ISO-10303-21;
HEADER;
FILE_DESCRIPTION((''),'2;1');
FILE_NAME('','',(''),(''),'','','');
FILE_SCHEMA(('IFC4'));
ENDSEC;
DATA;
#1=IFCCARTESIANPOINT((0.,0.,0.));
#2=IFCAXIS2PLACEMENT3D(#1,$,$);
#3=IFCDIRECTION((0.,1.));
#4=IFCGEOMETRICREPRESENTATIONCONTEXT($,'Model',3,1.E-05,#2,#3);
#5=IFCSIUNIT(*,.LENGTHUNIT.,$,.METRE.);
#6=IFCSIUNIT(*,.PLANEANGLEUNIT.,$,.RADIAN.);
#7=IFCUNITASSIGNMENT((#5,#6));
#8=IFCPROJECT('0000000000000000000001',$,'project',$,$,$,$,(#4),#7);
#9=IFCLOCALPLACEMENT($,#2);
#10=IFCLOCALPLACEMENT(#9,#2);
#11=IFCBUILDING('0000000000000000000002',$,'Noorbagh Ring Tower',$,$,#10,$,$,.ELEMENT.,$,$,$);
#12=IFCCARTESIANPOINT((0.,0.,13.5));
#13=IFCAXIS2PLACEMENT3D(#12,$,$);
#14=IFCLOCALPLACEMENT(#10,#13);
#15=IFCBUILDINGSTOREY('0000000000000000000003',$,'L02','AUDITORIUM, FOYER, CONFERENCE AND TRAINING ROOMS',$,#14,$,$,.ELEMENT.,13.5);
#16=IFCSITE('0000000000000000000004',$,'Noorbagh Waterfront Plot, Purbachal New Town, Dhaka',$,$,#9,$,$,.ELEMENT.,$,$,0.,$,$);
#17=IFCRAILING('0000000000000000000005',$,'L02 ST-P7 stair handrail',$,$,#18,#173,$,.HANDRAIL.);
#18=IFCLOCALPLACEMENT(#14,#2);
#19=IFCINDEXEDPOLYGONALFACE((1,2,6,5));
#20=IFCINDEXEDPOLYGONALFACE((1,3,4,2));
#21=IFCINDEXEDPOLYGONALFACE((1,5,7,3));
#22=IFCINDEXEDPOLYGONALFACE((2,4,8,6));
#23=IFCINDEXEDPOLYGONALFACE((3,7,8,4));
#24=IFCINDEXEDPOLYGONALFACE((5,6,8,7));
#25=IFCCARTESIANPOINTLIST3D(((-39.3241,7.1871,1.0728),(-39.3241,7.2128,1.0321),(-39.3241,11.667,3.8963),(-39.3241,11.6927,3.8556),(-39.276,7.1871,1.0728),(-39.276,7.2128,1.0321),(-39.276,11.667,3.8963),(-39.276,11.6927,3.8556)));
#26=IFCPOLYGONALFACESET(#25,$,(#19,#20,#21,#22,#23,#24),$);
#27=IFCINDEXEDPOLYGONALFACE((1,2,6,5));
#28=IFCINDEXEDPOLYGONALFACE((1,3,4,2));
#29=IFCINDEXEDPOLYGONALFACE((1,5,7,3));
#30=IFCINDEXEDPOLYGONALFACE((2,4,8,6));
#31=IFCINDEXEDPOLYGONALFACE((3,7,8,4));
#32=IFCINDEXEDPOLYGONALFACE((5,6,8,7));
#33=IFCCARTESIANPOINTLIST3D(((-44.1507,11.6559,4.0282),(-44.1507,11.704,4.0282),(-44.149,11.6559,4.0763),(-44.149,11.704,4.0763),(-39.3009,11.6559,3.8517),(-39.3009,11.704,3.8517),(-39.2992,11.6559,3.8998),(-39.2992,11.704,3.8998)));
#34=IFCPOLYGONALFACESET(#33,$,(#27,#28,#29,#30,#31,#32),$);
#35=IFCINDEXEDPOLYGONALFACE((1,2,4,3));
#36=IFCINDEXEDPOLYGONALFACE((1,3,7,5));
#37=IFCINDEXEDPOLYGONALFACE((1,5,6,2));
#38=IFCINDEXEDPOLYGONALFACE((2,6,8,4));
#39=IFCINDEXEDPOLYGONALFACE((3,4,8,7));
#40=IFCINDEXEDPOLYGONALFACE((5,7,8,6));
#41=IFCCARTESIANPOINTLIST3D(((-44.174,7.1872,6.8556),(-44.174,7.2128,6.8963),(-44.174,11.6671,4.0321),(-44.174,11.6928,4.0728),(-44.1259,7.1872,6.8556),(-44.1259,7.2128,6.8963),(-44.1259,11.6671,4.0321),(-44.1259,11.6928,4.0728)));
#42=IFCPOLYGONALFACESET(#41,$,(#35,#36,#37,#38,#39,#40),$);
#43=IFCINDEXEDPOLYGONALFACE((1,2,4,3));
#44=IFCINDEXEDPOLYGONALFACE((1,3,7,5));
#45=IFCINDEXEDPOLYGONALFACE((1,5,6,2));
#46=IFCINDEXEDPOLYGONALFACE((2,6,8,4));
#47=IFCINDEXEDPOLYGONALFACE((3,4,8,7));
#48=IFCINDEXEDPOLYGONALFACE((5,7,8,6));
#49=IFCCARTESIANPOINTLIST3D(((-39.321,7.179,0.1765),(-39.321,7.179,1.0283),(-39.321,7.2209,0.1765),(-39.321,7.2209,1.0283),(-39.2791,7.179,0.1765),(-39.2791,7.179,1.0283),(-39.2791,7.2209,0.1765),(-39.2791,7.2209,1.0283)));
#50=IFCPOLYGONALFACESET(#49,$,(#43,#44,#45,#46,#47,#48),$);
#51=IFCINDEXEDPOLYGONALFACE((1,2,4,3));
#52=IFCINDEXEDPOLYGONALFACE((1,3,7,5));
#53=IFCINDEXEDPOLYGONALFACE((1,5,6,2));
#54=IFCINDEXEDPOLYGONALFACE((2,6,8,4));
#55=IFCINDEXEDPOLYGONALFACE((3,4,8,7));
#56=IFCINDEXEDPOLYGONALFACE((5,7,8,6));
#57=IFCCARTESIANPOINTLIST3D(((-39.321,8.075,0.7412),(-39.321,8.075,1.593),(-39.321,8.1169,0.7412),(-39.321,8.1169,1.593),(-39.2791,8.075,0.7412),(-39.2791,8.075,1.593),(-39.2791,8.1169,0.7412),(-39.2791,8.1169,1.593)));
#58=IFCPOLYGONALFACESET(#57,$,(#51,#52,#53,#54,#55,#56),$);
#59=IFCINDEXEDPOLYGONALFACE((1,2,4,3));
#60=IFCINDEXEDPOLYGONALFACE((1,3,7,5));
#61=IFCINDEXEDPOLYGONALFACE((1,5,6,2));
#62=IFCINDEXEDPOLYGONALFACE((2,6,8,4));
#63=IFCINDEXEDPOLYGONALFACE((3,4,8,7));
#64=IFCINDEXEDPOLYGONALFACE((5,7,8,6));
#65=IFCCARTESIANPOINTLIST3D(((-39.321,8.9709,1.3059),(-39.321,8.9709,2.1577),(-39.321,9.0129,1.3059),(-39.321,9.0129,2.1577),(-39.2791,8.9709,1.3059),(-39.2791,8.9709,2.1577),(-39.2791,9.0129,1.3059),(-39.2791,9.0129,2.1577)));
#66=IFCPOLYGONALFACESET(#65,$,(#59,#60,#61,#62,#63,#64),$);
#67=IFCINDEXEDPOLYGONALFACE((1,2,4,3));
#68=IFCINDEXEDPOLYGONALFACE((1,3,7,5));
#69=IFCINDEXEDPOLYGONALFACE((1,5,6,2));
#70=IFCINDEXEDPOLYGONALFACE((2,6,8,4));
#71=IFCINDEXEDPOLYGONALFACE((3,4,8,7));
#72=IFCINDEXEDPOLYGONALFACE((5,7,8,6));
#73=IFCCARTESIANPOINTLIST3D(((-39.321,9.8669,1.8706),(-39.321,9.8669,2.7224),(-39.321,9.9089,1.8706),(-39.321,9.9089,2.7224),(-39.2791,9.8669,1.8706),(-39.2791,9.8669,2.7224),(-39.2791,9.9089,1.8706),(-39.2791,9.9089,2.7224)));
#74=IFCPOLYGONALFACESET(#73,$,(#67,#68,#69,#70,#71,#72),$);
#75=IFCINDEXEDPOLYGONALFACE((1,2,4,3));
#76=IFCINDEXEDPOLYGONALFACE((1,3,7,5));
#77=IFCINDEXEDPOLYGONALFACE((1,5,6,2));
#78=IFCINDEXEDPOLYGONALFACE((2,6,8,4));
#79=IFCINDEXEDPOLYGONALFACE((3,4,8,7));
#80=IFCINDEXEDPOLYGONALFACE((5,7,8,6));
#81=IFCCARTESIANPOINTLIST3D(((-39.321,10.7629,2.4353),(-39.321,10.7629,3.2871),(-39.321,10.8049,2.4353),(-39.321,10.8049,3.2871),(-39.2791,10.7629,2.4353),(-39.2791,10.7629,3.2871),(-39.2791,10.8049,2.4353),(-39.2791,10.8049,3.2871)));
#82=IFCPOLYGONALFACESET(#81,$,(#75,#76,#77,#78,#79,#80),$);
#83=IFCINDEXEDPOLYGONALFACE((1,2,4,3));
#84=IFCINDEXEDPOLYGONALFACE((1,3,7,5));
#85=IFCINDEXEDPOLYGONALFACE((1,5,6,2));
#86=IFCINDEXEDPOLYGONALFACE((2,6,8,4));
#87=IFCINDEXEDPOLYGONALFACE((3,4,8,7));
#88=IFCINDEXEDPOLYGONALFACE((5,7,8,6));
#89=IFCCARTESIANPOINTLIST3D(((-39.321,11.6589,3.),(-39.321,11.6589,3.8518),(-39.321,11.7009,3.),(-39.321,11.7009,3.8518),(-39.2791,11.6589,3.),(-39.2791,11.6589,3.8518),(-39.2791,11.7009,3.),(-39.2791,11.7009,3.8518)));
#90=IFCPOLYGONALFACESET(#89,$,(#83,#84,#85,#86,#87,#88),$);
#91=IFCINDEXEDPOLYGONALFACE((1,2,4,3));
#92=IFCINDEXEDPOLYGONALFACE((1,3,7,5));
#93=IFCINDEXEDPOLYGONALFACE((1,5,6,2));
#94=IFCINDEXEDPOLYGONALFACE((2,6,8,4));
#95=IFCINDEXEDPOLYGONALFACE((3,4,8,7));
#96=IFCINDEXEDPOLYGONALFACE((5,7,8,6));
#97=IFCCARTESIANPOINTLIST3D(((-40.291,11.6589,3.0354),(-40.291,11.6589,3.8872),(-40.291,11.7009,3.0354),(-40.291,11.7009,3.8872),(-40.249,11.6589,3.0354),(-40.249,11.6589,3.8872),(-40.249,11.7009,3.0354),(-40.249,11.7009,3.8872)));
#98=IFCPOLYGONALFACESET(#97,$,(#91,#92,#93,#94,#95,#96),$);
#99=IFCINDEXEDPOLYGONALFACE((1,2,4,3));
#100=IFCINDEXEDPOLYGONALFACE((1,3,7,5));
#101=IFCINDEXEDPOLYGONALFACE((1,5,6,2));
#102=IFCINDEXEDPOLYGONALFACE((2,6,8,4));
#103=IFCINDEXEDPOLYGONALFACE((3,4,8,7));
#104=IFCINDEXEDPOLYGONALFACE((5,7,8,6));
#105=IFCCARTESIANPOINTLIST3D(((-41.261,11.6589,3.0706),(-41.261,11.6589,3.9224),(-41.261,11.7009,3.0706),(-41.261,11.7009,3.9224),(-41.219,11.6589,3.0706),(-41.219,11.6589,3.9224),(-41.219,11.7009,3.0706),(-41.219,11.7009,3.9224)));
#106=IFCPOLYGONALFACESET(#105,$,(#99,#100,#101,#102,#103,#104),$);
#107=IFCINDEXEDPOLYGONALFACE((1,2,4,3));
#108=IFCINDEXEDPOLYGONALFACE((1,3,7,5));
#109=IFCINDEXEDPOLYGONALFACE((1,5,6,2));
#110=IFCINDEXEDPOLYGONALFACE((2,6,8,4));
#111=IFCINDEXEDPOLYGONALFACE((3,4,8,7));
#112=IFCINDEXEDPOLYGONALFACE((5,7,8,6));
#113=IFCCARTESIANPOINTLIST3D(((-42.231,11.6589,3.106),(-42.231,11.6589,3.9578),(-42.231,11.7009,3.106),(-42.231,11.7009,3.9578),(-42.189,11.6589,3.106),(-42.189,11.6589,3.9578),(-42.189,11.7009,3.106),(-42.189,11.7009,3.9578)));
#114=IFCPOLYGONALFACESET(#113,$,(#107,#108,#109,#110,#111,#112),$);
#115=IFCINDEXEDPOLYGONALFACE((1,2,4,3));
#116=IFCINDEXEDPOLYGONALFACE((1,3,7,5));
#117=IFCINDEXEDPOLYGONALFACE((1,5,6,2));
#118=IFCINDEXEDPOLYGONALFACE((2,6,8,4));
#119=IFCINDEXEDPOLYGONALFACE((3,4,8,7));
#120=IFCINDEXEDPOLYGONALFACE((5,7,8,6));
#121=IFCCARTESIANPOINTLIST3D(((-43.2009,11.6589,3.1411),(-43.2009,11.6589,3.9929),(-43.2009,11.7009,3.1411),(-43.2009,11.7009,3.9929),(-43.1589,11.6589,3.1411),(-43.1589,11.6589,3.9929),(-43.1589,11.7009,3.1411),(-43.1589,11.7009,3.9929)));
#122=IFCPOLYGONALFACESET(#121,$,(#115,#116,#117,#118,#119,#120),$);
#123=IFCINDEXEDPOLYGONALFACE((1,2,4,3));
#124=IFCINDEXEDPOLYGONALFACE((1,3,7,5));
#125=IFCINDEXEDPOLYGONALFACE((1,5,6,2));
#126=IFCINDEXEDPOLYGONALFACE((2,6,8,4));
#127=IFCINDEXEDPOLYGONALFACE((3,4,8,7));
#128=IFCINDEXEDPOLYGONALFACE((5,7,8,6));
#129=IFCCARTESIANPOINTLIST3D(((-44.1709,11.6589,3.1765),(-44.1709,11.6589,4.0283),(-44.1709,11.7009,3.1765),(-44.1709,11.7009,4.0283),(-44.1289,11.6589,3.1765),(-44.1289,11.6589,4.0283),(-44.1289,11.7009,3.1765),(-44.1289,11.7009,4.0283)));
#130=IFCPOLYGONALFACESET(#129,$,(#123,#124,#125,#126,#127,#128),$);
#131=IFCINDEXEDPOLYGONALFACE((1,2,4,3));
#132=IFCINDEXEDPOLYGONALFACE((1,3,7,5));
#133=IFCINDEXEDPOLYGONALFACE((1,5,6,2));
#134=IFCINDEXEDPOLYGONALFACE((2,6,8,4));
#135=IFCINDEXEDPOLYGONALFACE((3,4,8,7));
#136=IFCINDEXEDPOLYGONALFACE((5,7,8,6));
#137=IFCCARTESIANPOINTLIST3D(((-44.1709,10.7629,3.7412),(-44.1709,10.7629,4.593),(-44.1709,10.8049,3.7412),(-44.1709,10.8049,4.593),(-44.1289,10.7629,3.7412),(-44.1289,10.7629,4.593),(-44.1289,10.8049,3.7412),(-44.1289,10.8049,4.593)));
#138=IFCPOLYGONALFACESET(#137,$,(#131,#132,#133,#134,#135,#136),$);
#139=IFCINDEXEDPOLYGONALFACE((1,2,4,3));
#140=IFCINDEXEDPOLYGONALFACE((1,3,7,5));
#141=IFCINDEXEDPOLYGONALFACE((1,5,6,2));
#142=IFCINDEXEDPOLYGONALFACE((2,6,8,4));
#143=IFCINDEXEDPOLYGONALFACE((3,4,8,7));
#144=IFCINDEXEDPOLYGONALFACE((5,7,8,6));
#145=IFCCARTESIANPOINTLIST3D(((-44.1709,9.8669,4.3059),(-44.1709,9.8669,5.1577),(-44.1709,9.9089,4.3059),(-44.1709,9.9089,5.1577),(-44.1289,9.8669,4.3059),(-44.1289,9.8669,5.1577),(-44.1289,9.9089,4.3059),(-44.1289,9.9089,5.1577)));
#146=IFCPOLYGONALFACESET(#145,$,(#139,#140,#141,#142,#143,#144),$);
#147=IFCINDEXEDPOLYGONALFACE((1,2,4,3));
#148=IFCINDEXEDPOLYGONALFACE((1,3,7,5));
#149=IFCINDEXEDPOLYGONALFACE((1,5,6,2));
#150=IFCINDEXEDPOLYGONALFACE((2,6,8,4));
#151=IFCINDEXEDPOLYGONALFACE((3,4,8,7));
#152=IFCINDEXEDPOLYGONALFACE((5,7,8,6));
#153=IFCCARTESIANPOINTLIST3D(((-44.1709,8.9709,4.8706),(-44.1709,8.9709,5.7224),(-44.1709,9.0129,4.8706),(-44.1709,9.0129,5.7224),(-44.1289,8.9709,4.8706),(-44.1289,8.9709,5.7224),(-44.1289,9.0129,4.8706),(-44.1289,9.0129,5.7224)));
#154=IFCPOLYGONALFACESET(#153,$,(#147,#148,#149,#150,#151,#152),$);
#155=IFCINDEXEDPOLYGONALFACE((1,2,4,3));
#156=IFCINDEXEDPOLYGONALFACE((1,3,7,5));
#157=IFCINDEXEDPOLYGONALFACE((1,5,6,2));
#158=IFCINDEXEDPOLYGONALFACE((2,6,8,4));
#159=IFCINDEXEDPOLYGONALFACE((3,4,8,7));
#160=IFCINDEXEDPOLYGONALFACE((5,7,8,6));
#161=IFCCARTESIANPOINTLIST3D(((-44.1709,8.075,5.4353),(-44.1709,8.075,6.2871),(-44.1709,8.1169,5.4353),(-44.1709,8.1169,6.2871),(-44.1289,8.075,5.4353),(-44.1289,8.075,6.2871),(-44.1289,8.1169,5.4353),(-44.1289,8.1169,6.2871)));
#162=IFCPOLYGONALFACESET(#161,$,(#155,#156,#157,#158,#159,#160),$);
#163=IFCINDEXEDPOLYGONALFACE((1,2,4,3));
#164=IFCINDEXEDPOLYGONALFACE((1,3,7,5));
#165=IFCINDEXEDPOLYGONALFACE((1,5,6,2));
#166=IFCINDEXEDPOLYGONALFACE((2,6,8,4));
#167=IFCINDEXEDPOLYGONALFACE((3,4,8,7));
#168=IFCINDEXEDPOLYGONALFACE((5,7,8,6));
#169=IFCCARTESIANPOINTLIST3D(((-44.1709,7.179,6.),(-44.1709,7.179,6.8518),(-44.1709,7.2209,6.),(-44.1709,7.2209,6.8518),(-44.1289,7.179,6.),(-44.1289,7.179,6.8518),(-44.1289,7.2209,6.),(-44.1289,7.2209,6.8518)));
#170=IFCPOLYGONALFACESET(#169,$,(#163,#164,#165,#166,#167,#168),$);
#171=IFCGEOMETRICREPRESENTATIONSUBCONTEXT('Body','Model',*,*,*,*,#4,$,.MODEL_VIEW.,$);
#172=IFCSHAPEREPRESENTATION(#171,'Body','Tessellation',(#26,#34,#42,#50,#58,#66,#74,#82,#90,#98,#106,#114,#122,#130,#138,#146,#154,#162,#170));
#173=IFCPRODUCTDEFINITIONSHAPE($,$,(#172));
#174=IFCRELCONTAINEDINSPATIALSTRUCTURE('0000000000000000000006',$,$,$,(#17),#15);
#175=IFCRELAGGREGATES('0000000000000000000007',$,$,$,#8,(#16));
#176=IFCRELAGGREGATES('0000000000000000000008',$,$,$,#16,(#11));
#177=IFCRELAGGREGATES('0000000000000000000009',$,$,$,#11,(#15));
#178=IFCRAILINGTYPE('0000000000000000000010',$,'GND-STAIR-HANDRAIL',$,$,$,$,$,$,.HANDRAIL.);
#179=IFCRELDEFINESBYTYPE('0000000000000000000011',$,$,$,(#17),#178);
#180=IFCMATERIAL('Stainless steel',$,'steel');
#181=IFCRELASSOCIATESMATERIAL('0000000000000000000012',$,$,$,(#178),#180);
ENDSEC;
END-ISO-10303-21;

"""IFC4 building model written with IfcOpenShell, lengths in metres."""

from ifc_helpers import new_model, si_unit, direction, frame, origin, origin_2d, place, context, subcontext, project, spatial, rectangle, extrude, material, type_object, element, save


model = new_model("IFC4")

# Units and contexts
model_context = context("Model", 3, precision=1e-05, world=origin(), true_north=direction((0.0, 1.0)))
body_context = subcontext(model_context, "Body", "Model", "MODEL_VIEW")
ifc_project = project(units=[si_unit("LENGTHUNIT", "METRE"), si_unit("PLANEANGLEUNIT", "RADIAN")], contexts=[model_context])

# Site, building, storey
site_placement = place(None, origin())
site = spatial("IfcSite", under=ifc_project, at=site_placement, Name="Noorbagh Waterfront Plot, Purbachal New Town, Dhaka", CompositionType="ELEMENT", RefElevation=0.0)
building_placement = place(site_placement, origin())
building = spatial("IfcBuilding", under=site, at=building_placement, Name="Noorbagh Ring Tower", CompositionType="ELEMENT")
storey_placement = place(building_placement, frame((0.0, 0.0, 13.5)))
storey = spatial("IfcBuildingStorey", under=building, at=storey_placement, Name="L02", Description="AUDITORIUM, FOYER, CONFERENCE AND TRAINING ROOMS", CompositionType="ELEMENT", Elevation=13.5)

# Railing
ifc_material_1 = material(Name="Stainless steel", Category="steel")
railing_type_1 = type_object("IfcRailingType", Name="GND-STAIR-HANDRAIL", PredefinedType="HANDRAIL", material=ifc_material_1)
railing_1_placement = place(storey_placement, frame((-39.3, 7.2, 0.1765)))
element("IfcRailing", 1, at=railing_1_placement, inside=storey, type_object=railing_type_1, Name="L02 ST-P7 stair handrail", PredefinedType="HANDRAIL", context=body_context, shape_type="SweptSolid", body=[
    extrude(rectangle(XDim=0.0481, YDim=0.0481, at=origin_2d()), frame((0.0, 0.0, 0.876), z_axis=(0.0, 0.845998, 0.533186), x_axis=(-1.0, 0.0, 0.0)), (0.0, 0.0, 1.0), 5.2954),
    extrude(rectangle(XDim=0.0481, YDim=0.0481, at=origin_2d()), frame((0.0, 4.48, 3.6992), z_axis=(-0.999338, 0.0, 0.036372), x_axis=(0.0, -1.0, 0.0)), (0.0, 0.0, 1.0), 4.853),
    extrude(rectangle(XDim=0.0481, YDim=0.0481, at=origin_2d()), frame((-4.8499, 4.48, 3.876), z_axis=(0.0, -0.845998, 0.533186), x_axis=(1.0, 0.0, 0.0)), (0.0, 0.0, 1.0), 5.2954),
    extrude(rectangle(XDim=0.042, YDim=0.042, at=origin_2d()), origin(), (0.0, 0.0, 1.0), 0.8518),
    extrude(rectangle(XDim=0.042, YDim=0.042, at=origin_2d()), frame((0.0, 0.896, 0.5647)), (0.0, 0.0, 1.0), 0.8518),
    extrude(rectangle(XDim=0.042, YDim=0.042, at=origin_2d()), frame((0.0, 1.792, 1.1294)), (0.0, 0.0, 1.0), 0.8518),
    extrude(rectangle(XDim=0.042, YDim=0.042, at=origin_2d()), frame((0.0, 2.688, 1.6941)), (0.0, 0.0, 1.0), 0.8518),
    extrude(rectangle(XDim=0.042, YDim=0.042, at=origin_2d()), frame((0.0, 3.584, 2.2588)), (0.0, 0.0, 1.0), 0.8518),
    extrude(rectangle(XDim=0.042, YDim=0.042, at=origin_2d()), frame((0.0, 4.48, 2.8235)), (0.0, 0.0, 1.0), 0.8518),
    extrude(rectangle(XDim=0.042, YDim=0.042, at=origin_2d()), frame((-0.97, 4.48, 2.8589)), (0.0, 0.0, 1.0), 0.8518),
    extrude(rectangle(XDim=0.042, YDim=0.042, at=origin_2d()), frame((-1.9399, 4.48, 2.894)), (0.0, 0.0, 1.0), 0.8518),
    extrude(rectangle(XDim=0.042, YDim=0.042, at=origin_2d()), frame((-2.9099, 4.48, 2.9294)), (0.0, 0.0, 1.0), 0.8518),
    extrude(rectangle(XDim=0.042, YDim=0.042, at=origin_2d()), frame((-3.8799, 4.48, 2.9646)), (0.0, 0.0, 1.0), 0.8518),
    extrude(rectangle(XDim=0.042, YDim=0.042, at=origin_2d()), frame((-4.8499, 4.48, 3.0)), (0.0, 0.0, 1.0), 0.8518),
    extrude(rectangle(XDim=0.042, YDim=0.042, at=origin_2d()), frame((-4.8499, 3.584, 3.5647)), (0.0, 0.0, 1.0), 0.8518),
    extrude(rectangle(XDim=0.042, YDim=0.042, at=origin_2d()), frame((-4.8499, 2.688, 4.1294)), (0.0, 0.0, 1.0), 0.8518),
    extrude(rectangle(XDim=0.042, YDim=0.042, at=origin_2d()), frame((-4.8499, 1.792, 4.6941)), (0.0, 0.0, 1.0), 0.8518),
    extrude(rectangle(XDim=0.042, YDim=0.042, at=origin_2d()), frame((-4.8499, 0.896, 5.2588)), (0.0, 0.0, 1.0), 0.8518),
    extrude(rectangle(XDim=0.042, YDim=0.042, at=origin_2d()), frame((-4.8499, 0.0, 5.8235)), (0.0, 0.0, 1.0), 0.8518),
])

save(model, "model.ifc")
